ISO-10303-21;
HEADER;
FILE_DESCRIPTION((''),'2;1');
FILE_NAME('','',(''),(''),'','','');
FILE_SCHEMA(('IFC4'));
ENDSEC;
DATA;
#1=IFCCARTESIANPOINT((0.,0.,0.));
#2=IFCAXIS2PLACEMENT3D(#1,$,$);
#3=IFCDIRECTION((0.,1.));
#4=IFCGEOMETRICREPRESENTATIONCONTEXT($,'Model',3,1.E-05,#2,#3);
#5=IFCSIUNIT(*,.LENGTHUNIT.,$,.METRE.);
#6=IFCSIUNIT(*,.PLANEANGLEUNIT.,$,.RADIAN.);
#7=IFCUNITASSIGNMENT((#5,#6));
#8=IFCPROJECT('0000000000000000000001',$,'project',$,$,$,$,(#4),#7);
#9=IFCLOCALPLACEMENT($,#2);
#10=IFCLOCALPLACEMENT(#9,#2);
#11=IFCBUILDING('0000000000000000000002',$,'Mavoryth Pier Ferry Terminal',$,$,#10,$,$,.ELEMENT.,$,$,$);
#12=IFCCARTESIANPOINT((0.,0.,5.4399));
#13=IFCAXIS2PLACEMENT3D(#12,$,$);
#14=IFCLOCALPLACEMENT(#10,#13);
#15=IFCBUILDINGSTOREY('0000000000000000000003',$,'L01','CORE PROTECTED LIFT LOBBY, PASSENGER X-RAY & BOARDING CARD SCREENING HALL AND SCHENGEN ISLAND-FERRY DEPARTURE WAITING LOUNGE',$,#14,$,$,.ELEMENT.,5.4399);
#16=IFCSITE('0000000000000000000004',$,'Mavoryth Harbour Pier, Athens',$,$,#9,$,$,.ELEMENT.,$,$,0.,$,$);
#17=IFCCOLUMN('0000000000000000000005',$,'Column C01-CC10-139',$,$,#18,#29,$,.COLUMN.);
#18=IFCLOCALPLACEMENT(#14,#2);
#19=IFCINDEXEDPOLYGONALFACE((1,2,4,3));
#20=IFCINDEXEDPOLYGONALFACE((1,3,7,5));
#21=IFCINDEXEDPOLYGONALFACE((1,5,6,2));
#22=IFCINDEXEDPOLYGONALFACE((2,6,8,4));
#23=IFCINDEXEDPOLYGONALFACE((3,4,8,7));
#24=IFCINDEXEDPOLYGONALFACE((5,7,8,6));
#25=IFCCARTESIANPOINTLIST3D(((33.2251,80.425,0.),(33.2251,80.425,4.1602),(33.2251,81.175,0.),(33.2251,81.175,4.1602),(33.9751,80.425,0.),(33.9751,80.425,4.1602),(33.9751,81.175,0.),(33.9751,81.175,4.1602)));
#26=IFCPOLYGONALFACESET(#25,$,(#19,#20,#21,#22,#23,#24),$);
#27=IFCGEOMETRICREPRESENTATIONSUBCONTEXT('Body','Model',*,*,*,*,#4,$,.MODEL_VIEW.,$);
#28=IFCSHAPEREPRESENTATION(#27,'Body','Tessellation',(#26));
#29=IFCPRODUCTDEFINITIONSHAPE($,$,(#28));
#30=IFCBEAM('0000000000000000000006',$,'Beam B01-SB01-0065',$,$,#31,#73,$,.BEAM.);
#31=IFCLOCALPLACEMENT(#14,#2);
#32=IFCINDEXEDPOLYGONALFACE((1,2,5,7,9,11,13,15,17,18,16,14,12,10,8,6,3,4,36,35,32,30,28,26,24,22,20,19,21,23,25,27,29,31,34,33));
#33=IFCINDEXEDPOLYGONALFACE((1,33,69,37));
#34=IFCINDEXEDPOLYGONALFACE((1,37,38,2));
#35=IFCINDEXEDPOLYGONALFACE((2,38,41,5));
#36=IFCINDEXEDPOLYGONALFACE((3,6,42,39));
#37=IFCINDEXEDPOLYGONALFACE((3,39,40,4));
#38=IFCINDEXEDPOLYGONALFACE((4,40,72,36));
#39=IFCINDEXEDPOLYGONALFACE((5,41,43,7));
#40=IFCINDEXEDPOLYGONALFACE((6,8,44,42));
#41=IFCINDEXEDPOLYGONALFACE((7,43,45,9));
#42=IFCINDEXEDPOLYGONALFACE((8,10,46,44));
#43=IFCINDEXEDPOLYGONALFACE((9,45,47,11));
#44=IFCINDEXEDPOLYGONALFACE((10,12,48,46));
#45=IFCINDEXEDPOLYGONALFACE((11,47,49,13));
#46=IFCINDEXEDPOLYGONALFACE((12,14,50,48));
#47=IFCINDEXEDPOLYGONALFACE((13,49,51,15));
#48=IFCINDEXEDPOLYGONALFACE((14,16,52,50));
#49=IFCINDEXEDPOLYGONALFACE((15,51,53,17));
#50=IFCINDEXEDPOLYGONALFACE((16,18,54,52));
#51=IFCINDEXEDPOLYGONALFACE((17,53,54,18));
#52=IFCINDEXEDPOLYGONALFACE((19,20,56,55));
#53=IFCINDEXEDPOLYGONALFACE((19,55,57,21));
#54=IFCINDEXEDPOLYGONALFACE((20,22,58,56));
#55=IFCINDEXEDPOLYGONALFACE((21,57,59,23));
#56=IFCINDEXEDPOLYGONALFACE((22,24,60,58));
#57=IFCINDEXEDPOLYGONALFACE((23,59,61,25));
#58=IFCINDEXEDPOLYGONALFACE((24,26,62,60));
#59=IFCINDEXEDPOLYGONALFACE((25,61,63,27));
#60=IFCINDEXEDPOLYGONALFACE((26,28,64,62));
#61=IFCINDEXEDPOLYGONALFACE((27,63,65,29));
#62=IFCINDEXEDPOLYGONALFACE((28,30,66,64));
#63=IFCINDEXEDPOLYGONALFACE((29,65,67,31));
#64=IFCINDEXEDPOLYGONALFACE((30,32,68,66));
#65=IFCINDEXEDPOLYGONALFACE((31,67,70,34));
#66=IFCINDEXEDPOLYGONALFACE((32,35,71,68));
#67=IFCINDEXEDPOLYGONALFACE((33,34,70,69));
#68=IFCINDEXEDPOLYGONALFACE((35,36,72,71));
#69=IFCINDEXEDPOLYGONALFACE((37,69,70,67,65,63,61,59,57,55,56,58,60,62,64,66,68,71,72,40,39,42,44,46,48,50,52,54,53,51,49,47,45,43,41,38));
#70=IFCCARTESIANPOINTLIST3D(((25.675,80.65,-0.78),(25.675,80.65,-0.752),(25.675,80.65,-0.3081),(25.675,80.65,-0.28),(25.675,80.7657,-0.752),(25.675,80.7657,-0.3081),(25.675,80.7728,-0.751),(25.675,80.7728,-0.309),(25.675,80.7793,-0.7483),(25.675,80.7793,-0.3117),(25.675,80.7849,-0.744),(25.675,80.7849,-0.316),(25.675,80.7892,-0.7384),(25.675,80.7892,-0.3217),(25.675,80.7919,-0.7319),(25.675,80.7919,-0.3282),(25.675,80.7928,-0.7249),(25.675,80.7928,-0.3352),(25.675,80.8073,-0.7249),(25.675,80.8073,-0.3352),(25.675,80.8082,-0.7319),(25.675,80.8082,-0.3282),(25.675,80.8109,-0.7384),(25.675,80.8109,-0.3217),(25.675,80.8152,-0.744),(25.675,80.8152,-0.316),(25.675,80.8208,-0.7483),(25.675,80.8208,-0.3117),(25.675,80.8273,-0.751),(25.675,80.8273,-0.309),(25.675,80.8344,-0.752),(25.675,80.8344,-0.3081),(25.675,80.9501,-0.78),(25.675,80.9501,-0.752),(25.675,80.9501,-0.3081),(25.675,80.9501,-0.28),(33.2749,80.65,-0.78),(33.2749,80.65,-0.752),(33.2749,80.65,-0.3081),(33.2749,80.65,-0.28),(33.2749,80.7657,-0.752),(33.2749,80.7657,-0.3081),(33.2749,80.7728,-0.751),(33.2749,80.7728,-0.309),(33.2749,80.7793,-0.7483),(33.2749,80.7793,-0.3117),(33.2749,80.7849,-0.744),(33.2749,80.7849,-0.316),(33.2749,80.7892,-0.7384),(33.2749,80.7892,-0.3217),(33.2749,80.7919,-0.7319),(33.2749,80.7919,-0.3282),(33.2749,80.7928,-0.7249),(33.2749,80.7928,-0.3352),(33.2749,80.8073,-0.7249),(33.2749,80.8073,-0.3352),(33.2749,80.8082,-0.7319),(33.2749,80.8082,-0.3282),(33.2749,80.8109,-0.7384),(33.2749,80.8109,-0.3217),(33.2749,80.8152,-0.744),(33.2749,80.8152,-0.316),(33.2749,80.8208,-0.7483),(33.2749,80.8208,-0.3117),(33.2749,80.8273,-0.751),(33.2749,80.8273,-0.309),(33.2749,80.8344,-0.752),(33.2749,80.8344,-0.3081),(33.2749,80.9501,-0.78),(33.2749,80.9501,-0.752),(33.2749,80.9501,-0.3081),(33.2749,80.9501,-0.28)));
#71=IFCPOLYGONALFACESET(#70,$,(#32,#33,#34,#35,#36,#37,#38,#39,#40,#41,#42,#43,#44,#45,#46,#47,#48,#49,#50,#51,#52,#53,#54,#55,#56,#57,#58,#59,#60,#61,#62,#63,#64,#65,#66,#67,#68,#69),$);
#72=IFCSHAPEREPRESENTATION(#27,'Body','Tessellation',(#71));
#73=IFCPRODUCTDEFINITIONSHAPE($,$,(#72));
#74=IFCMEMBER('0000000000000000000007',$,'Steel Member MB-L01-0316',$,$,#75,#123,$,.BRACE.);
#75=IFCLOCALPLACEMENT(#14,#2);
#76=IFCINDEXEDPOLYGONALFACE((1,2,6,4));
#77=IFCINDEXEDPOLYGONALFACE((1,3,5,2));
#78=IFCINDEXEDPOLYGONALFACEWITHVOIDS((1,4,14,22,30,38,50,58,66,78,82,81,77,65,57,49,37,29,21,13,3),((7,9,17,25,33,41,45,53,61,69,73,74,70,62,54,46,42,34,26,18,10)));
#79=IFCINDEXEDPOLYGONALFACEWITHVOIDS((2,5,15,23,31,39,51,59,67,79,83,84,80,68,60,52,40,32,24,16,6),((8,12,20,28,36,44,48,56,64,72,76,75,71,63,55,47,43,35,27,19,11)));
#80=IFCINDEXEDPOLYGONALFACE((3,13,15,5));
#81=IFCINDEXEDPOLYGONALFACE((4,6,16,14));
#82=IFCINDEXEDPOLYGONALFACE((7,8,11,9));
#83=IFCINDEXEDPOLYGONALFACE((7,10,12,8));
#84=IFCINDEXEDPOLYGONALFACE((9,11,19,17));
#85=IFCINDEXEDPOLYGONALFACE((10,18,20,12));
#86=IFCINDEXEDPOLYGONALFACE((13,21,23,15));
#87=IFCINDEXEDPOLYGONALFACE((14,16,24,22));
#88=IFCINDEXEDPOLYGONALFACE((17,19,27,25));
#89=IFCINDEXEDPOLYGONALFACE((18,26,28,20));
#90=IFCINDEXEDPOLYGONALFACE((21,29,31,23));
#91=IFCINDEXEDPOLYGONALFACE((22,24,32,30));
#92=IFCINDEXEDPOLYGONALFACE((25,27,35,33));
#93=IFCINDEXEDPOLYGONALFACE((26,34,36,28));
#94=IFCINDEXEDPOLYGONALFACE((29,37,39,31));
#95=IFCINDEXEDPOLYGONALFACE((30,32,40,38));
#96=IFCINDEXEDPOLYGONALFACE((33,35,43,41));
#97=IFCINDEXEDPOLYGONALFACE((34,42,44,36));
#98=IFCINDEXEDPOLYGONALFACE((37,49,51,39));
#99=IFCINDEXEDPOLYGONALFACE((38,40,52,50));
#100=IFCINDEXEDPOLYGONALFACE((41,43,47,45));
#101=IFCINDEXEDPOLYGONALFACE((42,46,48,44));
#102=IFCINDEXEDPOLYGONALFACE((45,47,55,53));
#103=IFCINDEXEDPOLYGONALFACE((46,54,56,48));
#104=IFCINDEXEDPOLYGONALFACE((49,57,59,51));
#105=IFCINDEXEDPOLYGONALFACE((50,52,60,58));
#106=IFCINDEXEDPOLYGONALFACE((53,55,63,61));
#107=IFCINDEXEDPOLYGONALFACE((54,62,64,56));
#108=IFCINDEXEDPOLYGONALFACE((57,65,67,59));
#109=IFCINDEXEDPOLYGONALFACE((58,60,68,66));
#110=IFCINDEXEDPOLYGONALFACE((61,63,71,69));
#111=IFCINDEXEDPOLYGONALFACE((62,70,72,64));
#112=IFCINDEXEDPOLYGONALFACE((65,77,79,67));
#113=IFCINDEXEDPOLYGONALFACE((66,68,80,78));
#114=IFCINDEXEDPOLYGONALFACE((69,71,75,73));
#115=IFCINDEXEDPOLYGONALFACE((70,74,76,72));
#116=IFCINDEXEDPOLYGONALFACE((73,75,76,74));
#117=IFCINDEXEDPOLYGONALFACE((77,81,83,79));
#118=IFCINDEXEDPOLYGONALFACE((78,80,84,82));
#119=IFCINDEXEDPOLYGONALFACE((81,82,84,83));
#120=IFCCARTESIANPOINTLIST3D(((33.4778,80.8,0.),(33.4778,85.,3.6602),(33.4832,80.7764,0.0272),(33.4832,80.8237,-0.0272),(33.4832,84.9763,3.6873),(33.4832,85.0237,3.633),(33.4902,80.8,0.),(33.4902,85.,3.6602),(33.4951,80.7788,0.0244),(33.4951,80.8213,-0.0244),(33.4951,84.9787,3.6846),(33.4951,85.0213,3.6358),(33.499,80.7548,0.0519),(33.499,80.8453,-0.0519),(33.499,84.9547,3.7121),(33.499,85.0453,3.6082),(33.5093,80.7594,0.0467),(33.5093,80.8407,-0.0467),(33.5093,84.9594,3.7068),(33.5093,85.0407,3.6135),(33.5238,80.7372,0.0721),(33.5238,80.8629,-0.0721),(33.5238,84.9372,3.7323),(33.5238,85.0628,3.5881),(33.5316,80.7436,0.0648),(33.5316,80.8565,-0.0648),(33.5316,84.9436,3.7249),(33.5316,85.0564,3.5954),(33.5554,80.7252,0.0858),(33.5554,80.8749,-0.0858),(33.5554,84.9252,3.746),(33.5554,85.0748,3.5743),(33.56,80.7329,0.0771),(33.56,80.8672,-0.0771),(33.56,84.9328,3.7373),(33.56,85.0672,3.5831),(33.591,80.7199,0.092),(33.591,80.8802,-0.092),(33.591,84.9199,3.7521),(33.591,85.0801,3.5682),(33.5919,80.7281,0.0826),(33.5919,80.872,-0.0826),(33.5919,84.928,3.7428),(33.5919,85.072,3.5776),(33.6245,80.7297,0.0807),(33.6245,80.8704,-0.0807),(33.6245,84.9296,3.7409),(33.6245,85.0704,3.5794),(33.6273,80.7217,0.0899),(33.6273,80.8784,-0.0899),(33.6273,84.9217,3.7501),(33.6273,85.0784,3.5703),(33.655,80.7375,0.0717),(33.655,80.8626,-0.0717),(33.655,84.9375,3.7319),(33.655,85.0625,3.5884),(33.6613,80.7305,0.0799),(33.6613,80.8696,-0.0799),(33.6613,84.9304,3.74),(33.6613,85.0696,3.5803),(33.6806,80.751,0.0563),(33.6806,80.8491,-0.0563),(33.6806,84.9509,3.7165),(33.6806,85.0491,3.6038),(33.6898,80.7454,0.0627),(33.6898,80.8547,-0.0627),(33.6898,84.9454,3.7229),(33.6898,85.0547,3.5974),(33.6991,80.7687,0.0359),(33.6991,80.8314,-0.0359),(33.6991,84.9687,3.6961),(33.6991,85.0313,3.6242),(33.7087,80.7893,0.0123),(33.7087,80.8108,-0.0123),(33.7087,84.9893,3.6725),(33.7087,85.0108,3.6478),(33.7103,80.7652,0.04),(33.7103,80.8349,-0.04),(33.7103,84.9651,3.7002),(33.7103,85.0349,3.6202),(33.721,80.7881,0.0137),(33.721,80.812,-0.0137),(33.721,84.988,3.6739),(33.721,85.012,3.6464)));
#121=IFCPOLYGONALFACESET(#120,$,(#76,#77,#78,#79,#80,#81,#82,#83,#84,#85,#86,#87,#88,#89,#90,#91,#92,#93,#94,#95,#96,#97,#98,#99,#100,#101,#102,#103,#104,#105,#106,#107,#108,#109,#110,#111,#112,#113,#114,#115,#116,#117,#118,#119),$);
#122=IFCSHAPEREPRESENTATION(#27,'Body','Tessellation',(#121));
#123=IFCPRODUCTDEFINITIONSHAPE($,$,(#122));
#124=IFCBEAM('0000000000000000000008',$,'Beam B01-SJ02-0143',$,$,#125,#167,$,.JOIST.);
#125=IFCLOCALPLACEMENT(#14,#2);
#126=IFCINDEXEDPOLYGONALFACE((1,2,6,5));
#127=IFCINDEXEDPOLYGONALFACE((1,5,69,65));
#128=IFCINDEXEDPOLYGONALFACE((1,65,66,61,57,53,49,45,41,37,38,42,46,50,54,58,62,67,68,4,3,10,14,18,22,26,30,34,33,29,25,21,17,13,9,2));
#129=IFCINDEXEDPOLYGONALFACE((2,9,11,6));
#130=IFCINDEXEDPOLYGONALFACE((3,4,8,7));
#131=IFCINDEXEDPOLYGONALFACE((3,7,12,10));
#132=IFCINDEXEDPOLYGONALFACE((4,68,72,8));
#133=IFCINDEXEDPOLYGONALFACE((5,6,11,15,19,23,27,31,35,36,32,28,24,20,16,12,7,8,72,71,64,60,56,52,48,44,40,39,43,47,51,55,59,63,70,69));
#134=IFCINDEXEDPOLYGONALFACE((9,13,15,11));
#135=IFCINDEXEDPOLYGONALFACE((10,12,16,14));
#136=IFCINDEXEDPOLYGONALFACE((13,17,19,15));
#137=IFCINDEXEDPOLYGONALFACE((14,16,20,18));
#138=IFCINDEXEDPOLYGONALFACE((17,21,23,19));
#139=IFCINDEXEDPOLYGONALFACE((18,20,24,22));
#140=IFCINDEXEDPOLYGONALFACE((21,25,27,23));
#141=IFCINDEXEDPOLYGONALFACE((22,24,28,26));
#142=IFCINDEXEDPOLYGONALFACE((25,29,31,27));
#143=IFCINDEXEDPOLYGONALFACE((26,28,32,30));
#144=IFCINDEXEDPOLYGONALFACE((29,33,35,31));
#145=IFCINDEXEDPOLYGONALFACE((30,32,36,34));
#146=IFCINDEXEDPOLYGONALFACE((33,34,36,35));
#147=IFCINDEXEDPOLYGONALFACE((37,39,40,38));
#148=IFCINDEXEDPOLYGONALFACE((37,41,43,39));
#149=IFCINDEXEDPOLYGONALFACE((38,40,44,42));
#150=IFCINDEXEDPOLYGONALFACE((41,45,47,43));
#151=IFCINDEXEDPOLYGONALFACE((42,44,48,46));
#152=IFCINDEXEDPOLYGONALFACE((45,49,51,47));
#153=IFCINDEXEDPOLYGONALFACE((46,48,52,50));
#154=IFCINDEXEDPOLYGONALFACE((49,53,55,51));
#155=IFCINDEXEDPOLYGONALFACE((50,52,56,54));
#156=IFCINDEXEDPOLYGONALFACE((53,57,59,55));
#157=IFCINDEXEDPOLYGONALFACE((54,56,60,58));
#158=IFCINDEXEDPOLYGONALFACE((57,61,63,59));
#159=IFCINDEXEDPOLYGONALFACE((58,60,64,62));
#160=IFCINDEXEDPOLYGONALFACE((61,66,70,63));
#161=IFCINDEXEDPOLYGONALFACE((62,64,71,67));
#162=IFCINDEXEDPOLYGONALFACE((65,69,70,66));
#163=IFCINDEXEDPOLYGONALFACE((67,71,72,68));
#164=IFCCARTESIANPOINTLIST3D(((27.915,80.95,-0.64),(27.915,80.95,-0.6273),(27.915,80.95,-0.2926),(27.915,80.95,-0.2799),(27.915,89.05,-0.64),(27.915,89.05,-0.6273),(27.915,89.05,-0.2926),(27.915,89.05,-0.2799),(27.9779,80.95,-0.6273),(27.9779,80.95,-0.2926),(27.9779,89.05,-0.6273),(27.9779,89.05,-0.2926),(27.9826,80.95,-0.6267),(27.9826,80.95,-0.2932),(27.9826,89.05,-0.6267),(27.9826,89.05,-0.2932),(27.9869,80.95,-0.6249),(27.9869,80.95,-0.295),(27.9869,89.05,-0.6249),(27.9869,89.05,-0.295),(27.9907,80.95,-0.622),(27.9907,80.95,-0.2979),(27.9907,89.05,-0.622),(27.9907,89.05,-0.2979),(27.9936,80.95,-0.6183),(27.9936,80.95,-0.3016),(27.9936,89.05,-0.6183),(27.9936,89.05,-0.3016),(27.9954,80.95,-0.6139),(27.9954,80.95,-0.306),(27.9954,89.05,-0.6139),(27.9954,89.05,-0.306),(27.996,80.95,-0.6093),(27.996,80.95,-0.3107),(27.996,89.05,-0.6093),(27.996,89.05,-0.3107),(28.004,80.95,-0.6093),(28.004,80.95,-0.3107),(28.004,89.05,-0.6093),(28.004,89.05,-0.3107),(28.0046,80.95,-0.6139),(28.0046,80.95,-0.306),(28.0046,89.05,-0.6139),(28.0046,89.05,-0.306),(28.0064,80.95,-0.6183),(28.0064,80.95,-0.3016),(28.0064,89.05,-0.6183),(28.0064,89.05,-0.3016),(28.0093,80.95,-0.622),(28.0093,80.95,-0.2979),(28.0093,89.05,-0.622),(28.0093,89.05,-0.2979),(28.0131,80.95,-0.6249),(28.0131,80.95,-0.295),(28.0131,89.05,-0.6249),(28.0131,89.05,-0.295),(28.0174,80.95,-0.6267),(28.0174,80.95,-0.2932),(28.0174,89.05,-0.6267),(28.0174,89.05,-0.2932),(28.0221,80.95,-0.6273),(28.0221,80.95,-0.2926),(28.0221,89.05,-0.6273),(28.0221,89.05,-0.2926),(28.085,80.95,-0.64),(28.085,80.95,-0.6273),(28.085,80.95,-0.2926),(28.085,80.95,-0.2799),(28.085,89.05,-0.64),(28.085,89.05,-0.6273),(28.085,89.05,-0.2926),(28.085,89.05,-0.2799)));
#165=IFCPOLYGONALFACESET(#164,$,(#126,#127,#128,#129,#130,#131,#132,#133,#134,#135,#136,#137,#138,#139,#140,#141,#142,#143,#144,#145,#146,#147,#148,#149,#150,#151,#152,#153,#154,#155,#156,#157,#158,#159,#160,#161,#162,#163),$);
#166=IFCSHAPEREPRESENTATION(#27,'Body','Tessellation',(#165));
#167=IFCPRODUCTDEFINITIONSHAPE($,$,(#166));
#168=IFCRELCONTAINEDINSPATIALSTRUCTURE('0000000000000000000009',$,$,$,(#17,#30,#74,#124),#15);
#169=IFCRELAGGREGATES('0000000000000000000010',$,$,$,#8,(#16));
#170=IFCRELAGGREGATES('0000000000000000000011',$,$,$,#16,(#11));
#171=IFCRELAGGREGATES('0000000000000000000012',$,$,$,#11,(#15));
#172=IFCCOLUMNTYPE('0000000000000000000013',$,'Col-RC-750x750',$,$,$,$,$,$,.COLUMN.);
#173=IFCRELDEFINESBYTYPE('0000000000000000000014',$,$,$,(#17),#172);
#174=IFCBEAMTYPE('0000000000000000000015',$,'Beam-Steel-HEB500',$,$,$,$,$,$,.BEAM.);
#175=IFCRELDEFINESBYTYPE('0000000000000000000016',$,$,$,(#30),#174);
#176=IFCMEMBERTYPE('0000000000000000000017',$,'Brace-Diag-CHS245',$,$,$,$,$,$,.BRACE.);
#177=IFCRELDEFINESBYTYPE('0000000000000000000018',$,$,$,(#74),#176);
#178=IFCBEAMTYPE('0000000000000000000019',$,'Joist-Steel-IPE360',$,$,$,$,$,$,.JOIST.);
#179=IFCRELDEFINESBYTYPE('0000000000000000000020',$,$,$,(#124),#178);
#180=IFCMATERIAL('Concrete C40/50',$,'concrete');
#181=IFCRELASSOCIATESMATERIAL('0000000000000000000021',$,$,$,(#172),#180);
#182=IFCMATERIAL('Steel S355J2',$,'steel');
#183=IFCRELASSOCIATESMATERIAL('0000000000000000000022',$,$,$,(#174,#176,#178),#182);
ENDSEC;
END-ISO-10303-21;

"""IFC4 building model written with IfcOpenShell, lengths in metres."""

from ifc_helpers import new_model, si_unit, direction, frame, origin, origin_2d, place, context, subcontext, project, spatial, rectangle, hollow_circle, i_section, extrude, material, material_profile, profile_set, type_object, element, save


model = new_model("IFC4")

# Units and contexts
model_context = context("Model", 3, precision=1e-05, world=origin(), true_north=direction((0.0, 1.0)))
body_context = subcontext(model_context, "Body", "Model", "MODEL_VIEW")
ifc_project = project(units=[si_unit("LENGTHUNIT", "METRE"), si_unit("PLANEANGLEUNIT", "RADIAN")], contexts=[model_context])

# Site, building, storey
site_placement = place(None, origin())
site = spatial("IfcSite", under=ifc_project, at=site_placement, Name="Mavoryth Harbour Pier, Athens", CompositionType="ELEMENT", RefElevation=0.0)
building_placement = place(site_placement, origin())
building = spatial("IfcBuilding", under=site, at=building_placement, Name="Mavoryth Pier Ferry Terminal", CompositionType="ELEMENT")
storey_placement = place(building_placement, frame((0.0, 0.0, 5.4399)))
storey = spatial("IfcBuildingStorey", under=building, at=storey_placement, Name="L01", Description="CORE PROTECTED LIFT LOBBY, PASSENGER X-RAY & BOARDING CARD SCREENING HALL AND SCHENGEN ISLAND-FERRY DEPARTURE WAITING LOUNGE", CompositionType="ELEMENT", Elevation=5.4399)

# Column
ifc_material_1 = material(Name="Concrete C40/50", Category="concrete")
ifc_material_profile_1 = material_profile(ifc_material_1, rectangle(XDim=0.75, YDim=0.75, at=origin_2d()), Name="RC 750x750", Category="concrete")
ifc_profile_set_1 = profile_set([ifc_material_profile_1], Name="Concrete C40/50 - RC 750x750")
column_type = type_object("IfcColumnType", Name="Col-RC-750x750", PredefinedType="COLUMN", material=ifc_profile_set_1)
column_placement = place(storey_placement, frame((33.6001, 80.8, 0.0), z_axis=(0.0, 0.0, 1.0), x_axis=(1.0, 0.0, 0.0)))
element("IfcColumn", 1, at=column_placement, inside=storey, type_object=column_type, Name="Column C01-CC10-139", PredefinedType="COLUMN", context=body_context, shape_type="SweptSolid", body=[
    extrude(rectangle(XDim=0.75, YDim=0.75, at=origin_2d()), origin(), (0.0, 0.0, 1.0), 4.1602),
])

# Beam
ifc_material_2 = material(Name="Steel S355J2", Category="steel")
ifc_material_profile_2 = material_profile(ifc_material_2, i_section(OverallWidth=0.3, OverallDepth=0.5, WebThickness=0.0144, FlangeThickness=0.0281, FilletRadius=0.0271, at=origin_2d()), Name="HEB 500", Category="steel")
ifc_profile_set_2 = profile_set([ifc_material_profile_2], Name="Steel S355J2 - HEB 500")
beam_type_1 = type_object("IfcBeamType", Name="Beam-Steel-HEB500", PredefinedType="BEAM", material=ifc_profile_set_2)
beam_placement = place(storey_placement, frame((25.675, 80.8, -0.53), z_axis=(1.0, 0.0, 0.0), x_axis=(0.0, 1.0, 0.0)))
element("IfcBeam", 2, at=beam_placement, inside=storey, type_object=beam_type_1, Name="Beam B01-SB01-0065", PredefinedType="BEAM", context=body_context, shape_type="SweptSolid", body=[
    extrude(i_section(OverallWidth=0.3, OverallDepth=0.5, WebThickness=0.0144, FlangeThickness=0.0281, FilletRadius=0.0271, at=origin_2d()), origin(), (0.0, 0.0, 1.0), 7.5999),
])

# Member
ifc_material_profile_3 = material_profile(ifc_material_2, hollow_circle(Radius=0.1223, WallThickness=0.0125, at=origin_2d()), Name="CHS 244.5x12.5", Category="steel")
ifc_profile_set_3 = profile_set([ifc_material_profile_3], Name="Steel S355J2 - CHS 244.5x12.5")
member_type_1 = type_object("IfcMemberType", Name="Brace-Diag-CHS245", PredefinedType="BRACE", material=ifc_profile_set_3)
member_1_placement = place(storey_placement, frame((33.6001, 80.8, 0.0), z_axis=(0.0, 0.753892, 0.656999), x_axis=(-1.0, 0.0, 0.0)))
element("IfcMember", 3, at=member_1_placement, inside=storey, type_object=member_type_1, Name="Steel Member MB-L01-0316", PredefinedType="BRACE", context=body_context, shape_type="SweptSolid", body=[
    extrude(hollow_circle(Radius=0.1223, WallThickness=0.0125, at=origin_2d()), origin(), (0.0, 0.0, 1.0), 5.571),
])

# Beam
ifc_material_profile_4 = material_profile(ifc_material_2, i_section(OverallWidth=0.1699, OverallDepth=0.3601, WebThickness=0.0081, FlangeThickness=0.0127, FilletRadius=0.0181, at=origin_2d()), Name="IPE 360", Category="steel")
ifc_profile_set_4 = profile_set([ifc_material_profile_4], Name="Steel S355J2 - IPE 360")
beam_type_2 = type_object("IfcBeamType", Name="Joist-Steel-IPE360", PredefinedType="JOIST", material=ifc_profile_set_4)
for number, where, z_axis, x_axis, name in (
    (4, (28.0, 80.95, -0.46), (0.0, 1.0, 0.0), (-1.0, 0.0, 0.0), "Beam B01-SJ02-0143"),
):
    element("IfcBeam", number, at=place(storey_placement, frame(where, z_axis=z_axis, x_axis=x_axis)), inside=storey, type_object=beam_type_2, Name=name, PredefinedType="JOIST", context=body_context, shape_type="SweptSolid", body=[
        extrude(i_section(OverallWidth=0.1699, OverallDepth=0.3601, WebThickness=0.0081, FlangeThickness=0.0127, FilletRadius=0.0181, at=origin_2d()), origin(), (0.0, 0.0, 1.0), 8.1001),
    ])

save(model, "model.ifc")
